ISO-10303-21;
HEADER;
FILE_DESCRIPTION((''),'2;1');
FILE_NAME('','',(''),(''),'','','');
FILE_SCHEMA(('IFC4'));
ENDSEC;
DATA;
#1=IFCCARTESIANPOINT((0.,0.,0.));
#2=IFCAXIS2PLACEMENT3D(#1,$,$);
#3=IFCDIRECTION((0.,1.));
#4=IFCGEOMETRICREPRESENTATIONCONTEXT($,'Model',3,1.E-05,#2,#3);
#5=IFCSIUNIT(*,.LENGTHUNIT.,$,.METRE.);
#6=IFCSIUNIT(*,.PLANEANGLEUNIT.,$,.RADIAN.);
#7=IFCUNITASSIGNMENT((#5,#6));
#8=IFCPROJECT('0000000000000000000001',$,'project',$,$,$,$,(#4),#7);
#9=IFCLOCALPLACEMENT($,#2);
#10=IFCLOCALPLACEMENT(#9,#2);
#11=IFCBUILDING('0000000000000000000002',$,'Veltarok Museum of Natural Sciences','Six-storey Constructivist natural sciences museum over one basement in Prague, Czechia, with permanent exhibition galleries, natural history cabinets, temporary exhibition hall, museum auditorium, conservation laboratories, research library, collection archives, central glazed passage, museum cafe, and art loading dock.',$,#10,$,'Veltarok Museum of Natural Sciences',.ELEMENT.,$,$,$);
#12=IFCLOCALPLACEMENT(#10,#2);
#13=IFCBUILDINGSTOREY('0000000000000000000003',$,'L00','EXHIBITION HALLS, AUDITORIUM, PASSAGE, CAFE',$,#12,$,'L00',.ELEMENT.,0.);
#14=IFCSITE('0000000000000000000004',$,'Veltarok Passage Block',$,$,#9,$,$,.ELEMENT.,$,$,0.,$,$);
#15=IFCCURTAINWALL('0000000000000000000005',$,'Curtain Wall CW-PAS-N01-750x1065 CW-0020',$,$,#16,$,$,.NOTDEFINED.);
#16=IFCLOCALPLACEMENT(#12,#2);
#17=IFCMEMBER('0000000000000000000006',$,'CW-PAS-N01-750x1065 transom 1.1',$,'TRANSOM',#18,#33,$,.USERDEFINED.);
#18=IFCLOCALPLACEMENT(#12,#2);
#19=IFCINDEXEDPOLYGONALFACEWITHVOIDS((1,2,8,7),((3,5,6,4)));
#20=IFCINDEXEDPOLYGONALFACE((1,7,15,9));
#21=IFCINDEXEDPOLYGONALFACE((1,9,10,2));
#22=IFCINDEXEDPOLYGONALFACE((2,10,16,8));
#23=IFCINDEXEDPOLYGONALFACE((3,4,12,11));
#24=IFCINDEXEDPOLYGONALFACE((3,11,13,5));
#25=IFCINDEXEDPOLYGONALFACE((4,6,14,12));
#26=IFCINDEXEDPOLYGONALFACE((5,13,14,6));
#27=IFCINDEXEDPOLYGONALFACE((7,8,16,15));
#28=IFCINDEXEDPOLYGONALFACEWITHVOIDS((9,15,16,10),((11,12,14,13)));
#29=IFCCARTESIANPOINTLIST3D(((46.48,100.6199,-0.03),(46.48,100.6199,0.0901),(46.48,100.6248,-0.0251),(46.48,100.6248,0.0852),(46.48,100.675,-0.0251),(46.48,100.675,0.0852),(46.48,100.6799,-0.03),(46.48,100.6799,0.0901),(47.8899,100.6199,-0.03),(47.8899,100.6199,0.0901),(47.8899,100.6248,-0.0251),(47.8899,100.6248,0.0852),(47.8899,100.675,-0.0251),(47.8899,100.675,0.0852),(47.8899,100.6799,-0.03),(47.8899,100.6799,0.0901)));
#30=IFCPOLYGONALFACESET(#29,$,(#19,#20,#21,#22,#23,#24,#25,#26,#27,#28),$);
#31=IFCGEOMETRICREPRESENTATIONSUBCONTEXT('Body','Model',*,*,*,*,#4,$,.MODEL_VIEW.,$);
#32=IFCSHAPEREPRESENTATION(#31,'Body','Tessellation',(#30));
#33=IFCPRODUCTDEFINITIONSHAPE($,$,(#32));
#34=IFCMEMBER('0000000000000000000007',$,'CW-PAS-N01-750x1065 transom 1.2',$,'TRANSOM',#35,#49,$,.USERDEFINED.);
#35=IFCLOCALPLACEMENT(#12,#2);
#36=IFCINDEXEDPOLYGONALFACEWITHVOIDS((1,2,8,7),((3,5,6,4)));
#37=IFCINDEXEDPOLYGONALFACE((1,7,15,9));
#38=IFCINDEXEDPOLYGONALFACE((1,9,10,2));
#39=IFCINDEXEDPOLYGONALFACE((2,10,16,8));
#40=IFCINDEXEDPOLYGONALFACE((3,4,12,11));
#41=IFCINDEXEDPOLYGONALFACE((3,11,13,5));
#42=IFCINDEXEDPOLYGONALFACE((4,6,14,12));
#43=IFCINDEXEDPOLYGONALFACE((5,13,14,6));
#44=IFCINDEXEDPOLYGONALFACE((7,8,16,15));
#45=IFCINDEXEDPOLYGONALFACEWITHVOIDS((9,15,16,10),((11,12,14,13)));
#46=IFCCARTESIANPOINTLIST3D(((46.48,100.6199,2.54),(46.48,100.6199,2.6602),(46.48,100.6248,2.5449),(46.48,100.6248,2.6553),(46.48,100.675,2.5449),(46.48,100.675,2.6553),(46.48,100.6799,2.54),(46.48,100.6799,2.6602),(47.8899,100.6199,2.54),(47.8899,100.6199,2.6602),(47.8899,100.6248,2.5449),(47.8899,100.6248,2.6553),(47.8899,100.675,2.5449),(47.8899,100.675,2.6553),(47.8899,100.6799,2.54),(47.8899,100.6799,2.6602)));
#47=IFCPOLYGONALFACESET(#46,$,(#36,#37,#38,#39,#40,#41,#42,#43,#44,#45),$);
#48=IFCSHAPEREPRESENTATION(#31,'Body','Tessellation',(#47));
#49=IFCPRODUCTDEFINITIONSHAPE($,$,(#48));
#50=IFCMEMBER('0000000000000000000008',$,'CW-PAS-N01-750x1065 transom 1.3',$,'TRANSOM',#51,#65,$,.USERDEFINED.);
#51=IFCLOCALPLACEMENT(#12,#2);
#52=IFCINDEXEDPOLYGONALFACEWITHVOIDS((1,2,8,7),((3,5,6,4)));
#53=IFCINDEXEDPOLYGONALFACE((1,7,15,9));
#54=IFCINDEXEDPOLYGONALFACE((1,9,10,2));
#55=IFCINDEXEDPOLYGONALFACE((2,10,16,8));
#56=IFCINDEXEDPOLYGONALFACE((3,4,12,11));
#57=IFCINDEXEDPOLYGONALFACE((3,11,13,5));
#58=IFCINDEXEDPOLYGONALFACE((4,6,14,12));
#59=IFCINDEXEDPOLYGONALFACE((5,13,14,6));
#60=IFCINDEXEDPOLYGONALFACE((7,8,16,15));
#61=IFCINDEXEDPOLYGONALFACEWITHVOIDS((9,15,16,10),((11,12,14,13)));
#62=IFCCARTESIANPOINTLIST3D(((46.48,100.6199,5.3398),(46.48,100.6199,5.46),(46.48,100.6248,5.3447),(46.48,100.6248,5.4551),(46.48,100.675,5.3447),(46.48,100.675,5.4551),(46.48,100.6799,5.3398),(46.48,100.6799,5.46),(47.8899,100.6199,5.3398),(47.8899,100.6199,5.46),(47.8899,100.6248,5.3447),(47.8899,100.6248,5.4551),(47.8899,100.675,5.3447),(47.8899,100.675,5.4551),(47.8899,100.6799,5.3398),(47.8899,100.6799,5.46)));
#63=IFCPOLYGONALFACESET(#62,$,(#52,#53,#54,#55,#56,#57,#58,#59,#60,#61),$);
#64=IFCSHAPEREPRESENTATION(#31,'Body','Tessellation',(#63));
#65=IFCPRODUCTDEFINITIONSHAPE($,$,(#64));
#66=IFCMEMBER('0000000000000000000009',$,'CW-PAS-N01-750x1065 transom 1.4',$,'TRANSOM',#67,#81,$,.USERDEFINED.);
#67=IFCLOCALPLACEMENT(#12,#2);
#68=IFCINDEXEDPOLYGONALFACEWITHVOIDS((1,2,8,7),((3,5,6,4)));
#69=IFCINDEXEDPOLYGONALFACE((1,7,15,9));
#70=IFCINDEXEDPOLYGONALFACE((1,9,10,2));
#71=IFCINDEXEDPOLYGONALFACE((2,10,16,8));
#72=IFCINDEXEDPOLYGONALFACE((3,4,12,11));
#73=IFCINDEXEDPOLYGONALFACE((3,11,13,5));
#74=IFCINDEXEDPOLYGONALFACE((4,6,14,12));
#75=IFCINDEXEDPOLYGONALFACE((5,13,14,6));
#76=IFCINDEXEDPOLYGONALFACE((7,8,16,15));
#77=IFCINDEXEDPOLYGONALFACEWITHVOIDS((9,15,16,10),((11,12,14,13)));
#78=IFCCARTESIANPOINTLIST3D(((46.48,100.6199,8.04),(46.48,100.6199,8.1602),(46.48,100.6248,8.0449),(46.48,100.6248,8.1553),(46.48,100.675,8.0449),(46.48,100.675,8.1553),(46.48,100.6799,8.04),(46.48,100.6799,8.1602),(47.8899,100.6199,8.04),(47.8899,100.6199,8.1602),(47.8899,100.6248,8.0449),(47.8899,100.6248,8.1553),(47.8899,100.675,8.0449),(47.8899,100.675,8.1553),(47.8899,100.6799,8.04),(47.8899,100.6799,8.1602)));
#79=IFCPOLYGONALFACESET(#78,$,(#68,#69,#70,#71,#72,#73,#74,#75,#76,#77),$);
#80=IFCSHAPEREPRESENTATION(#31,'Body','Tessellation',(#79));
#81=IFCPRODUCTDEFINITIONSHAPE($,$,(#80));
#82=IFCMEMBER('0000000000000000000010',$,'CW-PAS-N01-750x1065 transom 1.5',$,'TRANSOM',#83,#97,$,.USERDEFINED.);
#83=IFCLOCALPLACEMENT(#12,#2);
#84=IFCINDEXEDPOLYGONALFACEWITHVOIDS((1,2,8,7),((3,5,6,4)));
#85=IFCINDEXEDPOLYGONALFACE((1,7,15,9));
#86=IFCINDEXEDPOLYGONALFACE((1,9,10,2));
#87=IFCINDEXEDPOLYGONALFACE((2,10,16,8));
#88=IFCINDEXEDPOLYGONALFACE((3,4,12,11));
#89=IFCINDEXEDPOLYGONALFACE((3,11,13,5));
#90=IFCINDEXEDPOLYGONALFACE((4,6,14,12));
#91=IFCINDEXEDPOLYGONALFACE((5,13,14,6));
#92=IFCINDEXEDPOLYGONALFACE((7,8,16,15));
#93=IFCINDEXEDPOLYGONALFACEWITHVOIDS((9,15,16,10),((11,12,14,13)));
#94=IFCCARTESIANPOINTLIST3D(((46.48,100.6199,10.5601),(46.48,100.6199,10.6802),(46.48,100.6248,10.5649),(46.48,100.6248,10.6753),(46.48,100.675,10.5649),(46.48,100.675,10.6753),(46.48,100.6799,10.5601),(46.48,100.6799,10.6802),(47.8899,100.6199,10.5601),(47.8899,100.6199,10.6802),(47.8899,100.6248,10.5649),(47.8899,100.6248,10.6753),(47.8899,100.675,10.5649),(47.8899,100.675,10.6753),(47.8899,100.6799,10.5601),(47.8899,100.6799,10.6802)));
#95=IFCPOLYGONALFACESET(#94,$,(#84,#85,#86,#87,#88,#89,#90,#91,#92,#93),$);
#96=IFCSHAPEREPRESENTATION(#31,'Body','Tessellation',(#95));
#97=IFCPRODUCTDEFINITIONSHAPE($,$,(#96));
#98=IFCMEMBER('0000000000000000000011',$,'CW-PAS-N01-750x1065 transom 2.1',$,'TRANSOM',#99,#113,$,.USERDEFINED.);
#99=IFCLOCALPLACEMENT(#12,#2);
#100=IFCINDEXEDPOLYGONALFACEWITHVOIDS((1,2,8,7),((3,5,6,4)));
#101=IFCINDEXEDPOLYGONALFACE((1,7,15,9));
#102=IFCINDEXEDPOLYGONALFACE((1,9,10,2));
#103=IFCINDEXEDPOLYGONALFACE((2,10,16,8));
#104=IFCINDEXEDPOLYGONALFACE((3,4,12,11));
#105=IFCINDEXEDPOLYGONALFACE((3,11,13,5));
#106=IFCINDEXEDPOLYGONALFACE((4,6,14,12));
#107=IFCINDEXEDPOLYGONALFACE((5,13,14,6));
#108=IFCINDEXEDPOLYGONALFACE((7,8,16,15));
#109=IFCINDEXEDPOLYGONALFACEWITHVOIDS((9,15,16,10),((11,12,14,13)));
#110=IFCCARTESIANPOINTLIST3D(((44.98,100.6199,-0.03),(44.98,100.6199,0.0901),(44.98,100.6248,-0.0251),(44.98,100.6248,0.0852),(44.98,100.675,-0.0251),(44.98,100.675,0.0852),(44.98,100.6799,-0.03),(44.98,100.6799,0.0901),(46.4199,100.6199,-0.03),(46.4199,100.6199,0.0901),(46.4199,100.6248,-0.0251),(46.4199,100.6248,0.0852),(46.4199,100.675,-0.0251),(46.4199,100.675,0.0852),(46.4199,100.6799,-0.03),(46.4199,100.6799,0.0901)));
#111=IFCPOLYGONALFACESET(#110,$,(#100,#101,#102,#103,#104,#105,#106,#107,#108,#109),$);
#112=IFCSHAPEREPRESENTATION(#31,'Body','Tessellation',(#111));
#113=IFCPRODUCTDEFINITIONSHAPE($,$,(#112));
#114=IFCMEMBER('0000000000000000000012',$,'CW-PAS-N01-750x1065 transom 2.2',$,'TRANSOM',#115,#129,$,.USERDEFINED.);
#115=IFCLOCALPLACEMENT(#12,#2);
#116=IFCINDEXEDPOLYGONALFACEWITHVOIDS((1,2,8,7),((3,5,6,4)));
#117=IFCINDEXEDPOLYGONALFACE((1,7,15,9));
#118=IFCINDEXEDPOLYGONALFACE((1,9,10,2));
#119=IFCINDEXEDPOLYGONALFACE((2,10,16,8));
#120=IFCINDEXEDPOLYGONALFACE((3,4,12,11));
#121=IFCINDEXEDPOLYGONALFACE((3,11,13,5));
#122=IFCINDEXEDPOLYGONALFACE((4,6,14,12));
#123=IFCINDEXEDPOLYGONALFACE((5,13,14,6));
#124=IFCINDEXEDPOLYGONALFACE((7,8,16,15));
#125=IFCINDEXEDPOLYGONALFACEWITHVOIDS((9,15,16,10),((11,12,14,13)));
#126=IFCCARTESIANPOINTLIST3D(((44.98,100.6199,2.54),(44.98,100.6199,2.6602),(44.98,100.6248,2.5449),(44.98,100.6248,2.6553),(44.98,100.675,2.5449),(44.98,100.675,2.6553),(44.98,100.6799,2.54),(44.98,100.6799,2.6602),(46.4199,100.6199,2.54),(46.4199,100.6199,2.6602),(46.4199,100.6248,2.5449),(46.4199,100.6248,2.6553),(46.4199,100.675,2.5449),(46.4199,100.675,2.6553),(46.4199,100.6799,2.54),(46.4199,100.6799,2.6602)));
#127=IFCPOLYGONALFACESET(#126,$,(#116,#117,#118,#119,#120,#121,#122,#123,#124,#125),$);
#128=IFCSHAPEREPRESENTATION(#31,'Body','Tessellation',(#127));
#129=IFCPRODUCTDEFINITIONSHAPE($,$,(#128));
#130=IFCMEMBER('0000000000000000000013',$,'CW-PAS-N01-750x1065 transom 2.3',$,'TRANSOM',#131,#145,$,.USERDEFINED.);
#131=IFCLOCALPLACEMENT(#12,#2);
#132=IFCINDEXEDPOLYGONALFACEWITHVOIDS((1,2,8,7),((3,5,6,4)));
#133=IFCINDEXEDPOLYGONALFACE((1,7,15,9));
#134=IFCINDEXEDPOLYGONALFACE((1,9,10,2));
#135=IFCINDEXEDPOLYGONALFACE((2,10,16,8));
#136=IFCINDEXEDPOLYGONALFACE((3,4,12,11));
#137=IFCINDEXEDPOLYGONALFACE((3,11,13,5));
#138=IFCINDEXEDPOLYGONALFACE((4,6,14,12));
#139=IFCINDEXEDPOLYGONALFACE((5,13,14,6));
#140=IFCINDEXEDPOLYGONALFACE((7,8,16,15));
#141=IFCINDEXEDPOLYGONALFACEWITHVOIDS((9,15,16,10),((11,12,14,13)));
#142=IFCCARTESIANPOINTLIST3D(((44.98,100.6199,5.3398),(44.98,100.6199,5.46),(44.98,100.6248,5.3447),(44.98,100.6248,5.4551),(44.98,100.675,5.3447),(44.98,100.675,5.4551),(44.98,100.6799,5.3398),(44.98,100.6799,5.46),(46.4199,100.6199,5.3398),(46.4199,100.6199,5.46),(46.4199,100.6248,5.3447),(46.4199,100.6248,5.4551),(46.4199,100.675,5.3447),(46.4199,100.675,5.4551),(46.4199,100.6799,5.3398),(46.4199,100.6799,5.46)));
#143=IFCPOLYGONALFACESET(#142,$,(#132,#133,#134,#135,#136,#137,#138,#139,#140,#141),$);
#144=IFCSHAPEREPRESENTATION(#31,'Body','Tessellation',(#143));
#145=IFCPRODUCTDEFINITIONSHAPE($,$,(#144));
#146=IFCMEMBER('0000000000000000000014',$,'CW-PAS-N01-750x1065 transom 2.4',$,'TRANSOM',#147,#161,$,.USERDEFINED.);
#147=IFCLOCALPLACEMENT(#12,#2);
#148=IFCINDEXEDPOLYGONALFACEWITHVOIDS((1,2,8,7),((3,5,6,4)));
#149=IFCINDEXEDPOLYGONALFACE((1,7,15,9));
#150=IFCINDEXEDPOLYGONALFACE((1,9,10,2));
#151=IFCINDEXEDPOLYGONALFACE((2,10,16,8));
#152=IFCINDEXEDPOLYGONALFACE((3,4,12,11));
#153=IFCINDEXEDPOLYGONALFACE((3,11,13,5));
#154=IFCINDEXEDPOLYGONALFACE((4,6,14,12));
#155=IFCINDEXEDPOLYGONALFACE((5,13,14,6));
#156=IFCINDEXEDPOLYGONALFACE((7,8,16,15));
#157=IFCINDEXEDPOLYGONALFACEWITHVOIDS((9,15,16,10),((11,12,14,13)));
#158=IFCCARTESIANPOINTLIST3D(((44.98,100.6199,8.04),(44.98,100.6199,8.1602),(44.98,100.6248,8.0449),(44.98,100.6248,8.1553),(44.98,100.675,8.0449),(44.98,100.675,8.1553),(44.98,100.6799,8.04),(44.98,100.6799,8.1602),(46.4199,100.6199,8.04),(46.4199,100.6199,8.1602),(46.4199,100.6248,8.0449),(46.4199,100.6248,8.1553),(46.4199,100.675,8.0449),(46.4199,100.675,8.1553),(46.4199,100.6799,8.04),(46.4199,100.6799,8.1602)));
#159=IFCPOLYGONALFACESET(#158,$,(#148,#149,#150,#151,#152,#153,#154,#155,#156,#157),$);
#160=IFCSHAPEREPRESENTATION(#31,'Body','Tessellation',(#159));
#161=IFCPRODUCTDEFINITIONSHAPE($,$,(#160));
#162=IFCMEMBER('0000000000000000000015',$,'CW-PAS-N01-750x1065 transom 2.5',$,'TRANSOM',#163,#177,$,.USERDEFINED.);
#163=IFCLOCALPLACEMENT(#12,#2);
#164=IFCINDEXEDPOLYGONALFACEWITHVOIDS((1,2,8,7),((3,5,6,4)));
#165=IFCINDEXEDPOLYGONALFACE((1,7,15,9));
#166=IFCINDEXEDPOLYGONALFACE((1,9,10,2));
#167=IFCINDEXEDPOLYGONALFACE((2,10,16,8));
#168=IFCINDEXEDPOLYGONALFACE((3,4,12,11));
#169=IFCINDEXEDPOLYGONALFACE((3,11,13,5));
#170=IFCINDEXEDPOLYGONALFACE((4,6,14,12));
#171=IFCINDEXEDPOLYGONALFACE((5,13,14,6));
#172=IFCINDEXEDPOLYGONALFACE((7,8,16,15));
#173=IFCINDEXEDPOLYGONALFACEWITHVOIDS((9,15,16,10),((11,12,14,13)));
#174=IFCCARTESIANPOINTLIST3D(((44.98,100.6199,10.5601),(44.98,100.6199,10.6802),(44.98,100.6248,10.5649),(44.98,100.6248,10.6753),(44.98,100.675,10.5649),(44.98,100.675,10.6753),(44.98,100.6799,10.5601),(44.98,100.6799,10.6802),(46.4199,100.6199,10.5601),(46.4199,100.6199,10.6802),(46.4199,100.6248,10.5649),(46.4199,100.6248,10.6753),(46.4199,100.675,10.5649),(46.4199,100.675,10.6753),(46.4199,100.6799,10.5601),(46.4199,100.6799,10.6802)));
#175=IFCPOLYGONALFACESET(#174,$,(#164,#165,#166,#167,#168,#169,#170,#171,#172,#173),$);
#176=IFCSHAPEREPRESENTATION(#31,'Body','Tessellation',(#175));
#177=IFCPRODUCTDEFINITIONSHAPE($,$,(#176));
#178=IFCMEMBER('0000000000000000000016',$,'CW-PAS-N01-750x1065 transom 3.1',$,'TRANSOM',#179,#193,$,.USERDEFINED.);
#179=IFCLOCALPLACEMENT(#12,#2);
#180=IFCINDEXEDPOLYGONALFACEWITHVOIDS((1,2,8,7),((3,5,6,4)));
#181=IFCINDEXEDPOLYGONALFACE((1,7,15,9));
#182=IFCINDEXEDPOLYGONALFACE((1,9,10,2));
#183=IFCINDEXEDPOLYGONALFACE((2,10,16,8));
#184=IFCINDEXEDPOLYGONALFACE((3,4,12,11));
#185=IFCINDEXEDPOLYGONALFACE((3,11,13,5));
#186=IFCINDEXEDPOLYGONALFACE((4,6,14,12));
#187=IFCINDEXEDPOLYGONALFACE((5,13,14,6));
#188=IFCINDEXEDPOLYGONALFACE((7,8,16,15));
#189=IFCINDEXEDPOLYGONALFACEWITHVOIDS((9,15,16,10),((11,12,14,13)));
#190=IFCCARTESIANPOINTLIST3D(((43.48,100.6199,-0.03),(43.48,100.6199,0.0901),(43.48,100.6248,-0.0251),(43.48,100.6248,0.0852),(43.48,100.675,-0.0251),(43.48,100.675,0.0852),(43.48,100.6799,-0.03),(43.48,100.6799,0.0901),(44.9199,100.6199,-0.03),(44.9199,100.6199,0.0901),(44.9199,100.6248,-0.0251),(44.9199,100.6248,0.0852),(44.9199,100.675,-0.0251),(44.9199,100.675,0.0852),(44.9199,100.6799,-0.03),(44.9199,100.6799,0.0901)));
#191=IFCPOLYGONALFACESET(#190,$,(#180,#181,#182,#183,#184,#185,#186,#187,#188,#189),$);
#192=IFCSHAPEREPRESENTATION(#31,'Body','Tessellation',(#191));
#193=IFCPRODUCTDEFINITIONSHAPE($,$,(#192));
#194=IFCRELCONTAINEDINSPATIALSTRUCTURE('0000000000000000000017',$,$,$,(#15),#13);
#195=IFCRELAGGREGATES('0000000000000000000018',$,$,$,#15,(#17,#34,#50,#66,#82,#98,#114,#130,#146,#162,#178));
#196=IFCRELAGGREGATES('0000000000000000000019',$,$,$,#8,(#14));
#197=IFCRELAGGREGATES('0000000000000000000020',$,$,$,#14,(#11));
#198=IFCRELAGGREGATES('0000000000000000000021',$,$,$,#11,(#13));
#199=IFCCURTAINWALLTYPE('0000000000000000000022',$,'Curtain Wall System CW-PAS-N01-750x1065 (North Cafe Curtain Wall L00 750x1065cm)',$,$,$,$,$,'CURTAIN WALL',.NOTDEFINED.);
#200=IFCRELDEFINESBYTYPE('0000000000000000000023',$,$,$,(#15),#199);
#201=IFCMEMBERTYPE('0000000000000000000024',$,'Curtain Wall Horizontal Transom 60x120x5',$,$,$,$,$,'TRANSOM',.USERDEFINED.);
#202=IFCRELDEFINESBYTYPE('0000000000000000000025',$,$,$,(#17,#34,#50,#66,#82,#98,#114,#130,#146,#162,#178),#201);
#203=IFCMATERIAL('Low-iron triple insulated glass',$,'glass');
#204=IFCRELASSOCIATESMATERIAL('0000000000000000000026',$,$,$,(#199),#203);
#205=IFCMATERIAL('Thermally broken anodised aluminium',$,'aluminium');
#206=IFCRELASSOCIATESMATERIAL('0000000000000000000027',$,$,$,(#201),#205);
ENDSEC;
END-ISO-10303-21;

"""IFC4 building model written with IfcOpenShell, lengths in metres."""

from ifc_helpers import new_model, si_unit, direction, frame, origin, origin_2d, place, context, subcontext, project, spatial, hollow_rectangle, extrude, material, material_profile, profile_set, type_object, element, aggregate, save


model = new_model("IFC4")

# Units and contexts
model_context = context("Model", 3, precision=1e-05, world=origin(), true_north=direction((0.0, 1.0)))
body_context = subcontext(model_context, "Body", "Model", "MODEL_VIEW")
ifc_project = project(units=[si_unit("LENGTHUNIT", "METRE"), si_unit("PLANEANGLEUNIT", "RADIAN")], contexts=[model_context])

# Site, building, storey
site_placement = place(None, origin())
site = spatial("IfcSite", under=ifc_project, at=site_placement, Name="Veltarok Passage Block", CompositionType="ELEMENT", RefElevation=0.0)
building_placement = place(site_placement, origin())
building = spatial("IfcBuilding", under=site, at=building_placement, Name="Veltarok Museum of Natural Sciences", Description="Six-storey Constructivist natural sciences museum over one basement in Prague, Czechia, with permanent exhibition galleries, natural history cabinets, temporary exhibition hall, museum auditorium, conservation laboratories, research library, collection archives, central glazed passage, museum cafe, and art loading dock.", LongName="Veltarok Museum of Natural Sciences", CompositionType="ELEMENT")
storey_placement = place(building_placement, origin())
storey = spatial("IfcBuildingStorey", under=building, at=storey_placement, Name="L00", Description="EXHIBITION HALLS, AUDITORIUM, PASSAGE, CAFE", LongName="L00", CompositionType="ELEMENT", Elevation=0.0)

# Curtain wall, members
ifc_material_1 = material(Name="Low-iron triple insulated glass", Category="glass")
curtain_wall_type = type_object("IfcCurtainWallType", Name="Curtain Wall System CW-PAS-N01-750x1065 (North Cafe Curtain Wall L00 750x1065cm)", ElementType="CURTAIN WALL", PredefinedType="NOTDEFINED", material=ifc_material_1)
curtain_wall_placement = place(storey_placement, origin())
curtain_wall = element("IfcCurtainWall", 1, at=curtain_wall_placement, inside=storey, type_object=curtain_wall_type, Name="Curtain Wall CW-PAS-N01-750x1065 CW-0020", PredefinedType="NOTDEFINED")
ifc_material_2 = material(Name="Thermally broken anodised aluminium", Category="aluminium")
ifc_material_profile_1 = material_profile(ifc_material_2, hollow_rectangle(XDim=0.0601, YDim=0.1201, WallThickness=0.0049, at=origin_2d()), Name="CW TRANSOM 60x120x5")
ifc_profile_set_1 = profile_set([ifc_material_profile_1], Name="Thermally broken anodised aluminium")
member_type_1 = type_object("IfcMemberType", Name="Curtain Wall Horizontal Transom 60x120x5", ElementType="TRANSOM", PredefinedType="USERDEFINED", material=ifc_profile_set_1)
member_1_placement = place(storey_placement, frame((47.8899, 100.6499, 0.03), z_axis=(-1.0, 0.0, 0.0), x_axis=(0.0, -1.0, 0.0)))
member_1 = element("IfcMember", 2, at=member_1_placement, type_object=member_type_1, Name="CW-PAS-N01-750x1065 transom 1.1", ObjectType="TRANSOM", PredefinedType="USERDEFINED", context=body_context, shape_type="SweptSolid", body=[
    extrude(hollow_rectangle(XDim=0.0601, YDim=0.1201, WallThickness=0.0049, at=origin_2d()), origin(), (0.0, 0.0, 1.0), 1.4099),
])
member_2_placement = place(storey_placement, frame((47.8899, 100.6499, 2.6001), z_axis=(-1.0, 0.0, 0.0), x_axis=(0.0, -1.0, 0.0)))
member_2 = element("IfcMember", 3, at=member_2_placement, type_object=member_type_1, Name="CW-PAS-N01-750x1065 transom 1.2", ObjectType="TRANSOM", PredefinedType="USERDEFINED", context=body_context, shape_type="SweptSolid", body=[
    extrude(hollow_rectangle(XDim=0.0601, YDim=0.1201, WallThickness=0.0049, at=origin_2d()), origin(), (0.0, 0.0, 1.0), 1.4099),
])
member_3_placement = place(storey_placement, frame((47.8899, 100.6499, 5.3999), z_axis=(-1.0, 0.0, 0.0), x_axis=(0.0, -1.0, 0.0)))
member_3 = element("IfcMember", 4, at=member_3_placement, type_object=member_type_1, Name="CW-PAS-N01-750x1065 transom 1.3", ObjectType="TRANSOM", PredefinedType="USERDEFINED", context=body_context, shape_type="SweptSolid", body=[
    extrude(hollow_rectangle(XDim=0.0601, YDim=0.1201, WallThickness=0.0049, at=origin_2d()), origin(), (0.0, 0.0, 1.0), 1.4099),
])
member_4_placement = place(storey_placement, frame((47.8899, 100.6499, 8.1001), z_axis=(-1.0, 0.0, 0.0), x_axis=(0.0, -1.0, 0.0)))
member_4 = element("IfcMember", 5, at=member_4_placement, type_object=member_type_1, Name="CW-PAS-N01-750x1065 transom 1.4", ObjectType="TRANSOM", PredefinedType="USERDEFINED", context=body_context, shape_type="SweptSolid", body=[
    extrude(hollow_rectangle(XDim=0.0601, YDim=0.1201, WallThickness=0.0049, at=origin_2d()), origin(), (0.0, 0.0, 1.0), 1.4099),
])
member_5_placement = place(storey_placement, frame((47.8899, 100.6499, 10.6201), z_axis=(-1.0, 0.0, 0.0), x_axis=(0.0, -1.0, 0.0)))
member_5 = element("IfcMember", 6, at=member_5_placement, type_object=member_type_1, Name="CW-PAS-N01-750x1065 transom 1.5", ObjectType="TRANSOM", PredefinedType="USERDEFINED", context=body_context, shape_type="SweptSolid", body=[
    extrude(hollow_rectangle(XDim=0.0601, YDim=0.1201, WallThickness=0.0049, at=origin_2d()), origin(), (0.0, 0.0, 1.0), 1.4099),
])
member_6_placement = place(storey_placement, frame((46.4199, 100.6499, 0.03), z_axis=(-1.0, 0.0, 0.0), x_axis=(0.0, -1.0, 0.0)))
member_6 = element("IfcMember", 7, at=member_6_placement, type_object=member_type_1, Name="CW-PAS-N01-750x1065 transom 2.1", ObjectType="TRANSOM", PredefinedType="USERDEFINED", context=body_context, shape_type="SweptSolid", body=[
    extrude(hollow_rectangle(XDim=0.0601, YDim=0.1201, WallThickness=0.0049, at=origin_2d()), origin(), (0.0, 0.0, 1.0), 1.4399),
])
member_7_placement = place(storey_placement, frame((46.4199, 100.6499, 2.6001), z_axis=(-1.0, 0.0, 0.0), x_axis=(0.0, -1.0, 0.0)))
member_7 = element("IfcMember", 8, at=member_7_placement, type_object=member_type_1, Name="CW-PAS-N01-750x1065 transom 2.2", ObjectType="TRANSOM", PredefinedType="USERDEFINED", context=body_context, shape_type="SweptSolid", body=[
    extrude(hollow_rectangle(XDim=0.0601, YDim=0.1201, WallThickness=0.0049, at=origin_2d()), origin(), (0.0, 0.0, 1.0), 1.4399),
])
member_8_placement = place(storey_placement, frame((46.4199, 100.6499, 5.3999), z_axis=(-1.0, 0.0, 0.0), x_axis=(0.0, -1.0, 0.0)))
member_8 = element("IfcMember", 9, at=member_8_placement, type_object=member_type_1, Name="CW-PAS-N01-750x1065 transom 2.3", ObjectType="TRANSOM", PredefinedType="USERDEFINED", context=body_context, shape_type="SweptSolid", body=[
    extrude(hollow_rectangle(XDim=0.0601, YDim=0.1201, WallThickness=0.0049, at=origin_2d()), origin(), (0.0, 0.0, 1.0), 1.4399),
])
member_9_placement = place(storey_placement, frame((46.4199, 100.6499, 8.1001), z_axis=(-1.0, 0.0, 0.0), x_axis=(0.0, -1.0, 0.0)))
member_9 = element("IfcMember", 10, at=member_9_placement, type_object=member_type_1, Name="CW-PAS-N01-750x1065 transom 2.4", ObjectType="TRANSOM", PredefinedType="USERDEFINED", context=body_context, shape_type="SweptSolid", body=[
    extrude(hollow_rectangle(XDim=0.0601, YDim=0.1201, WallThickness=0.0049, at=origin_2d()), origin(), (0.0, 0.0, 1.0), 1.4399),
])
member_10_placement = place(storey_placement, frame((46.4199, 100.6499, 10.6201), z_axis=(-1.0, 0.0, 0.0), x_axis=(0.0, -1.0, 0.0)))
member_10 = element("IfcMember", 11, at=member_10_placement, type_object=member_type_1, Name="CW-PAS-N01-750x1065 transom 2.5", ObjectType="TRANSOM", PredefinedType="USERDEFINED", context=body_context, shape_type="SweptSolid", body=[
    extrude(hollow_rectangle(XDim=0.0601, YDim=0.1201, WallThickness=0.0049, at=origin_2d()), origin(), (0.0, 0.0, 1.0), 1.4399),
])
member_11_placement = place(storey_placement, frame((44.9199, 100.6499, 0.03), z_axis=(-1.0, 0.0, 0.0), x_axis=(0.0, -1.0, 0.0)))
member_11 = element("IfcMember", 12, at=member_11_placement, type_object=member_type_1, Name="CW-PAS-N01-750x1065 transom 3.1", ObjectType="TRANSOM", PredefinedType="USERDEFINED", context=body_context, shape_type="SweptSolid", body=[
    extrude(hollow_rectangle(XDim=0.0601, YDim=0.1201, WallThickness=0.0049, at=origin_2d()), origin(), (0.0, 0.0, 1.0), 1.4399),
])
aggregate(curtain_wall, [member_1, member_2, member_3, member_4, member_5, member_6, member_7, member_8, member_9, member_10, member_11])

save(model, "model.ifc")
